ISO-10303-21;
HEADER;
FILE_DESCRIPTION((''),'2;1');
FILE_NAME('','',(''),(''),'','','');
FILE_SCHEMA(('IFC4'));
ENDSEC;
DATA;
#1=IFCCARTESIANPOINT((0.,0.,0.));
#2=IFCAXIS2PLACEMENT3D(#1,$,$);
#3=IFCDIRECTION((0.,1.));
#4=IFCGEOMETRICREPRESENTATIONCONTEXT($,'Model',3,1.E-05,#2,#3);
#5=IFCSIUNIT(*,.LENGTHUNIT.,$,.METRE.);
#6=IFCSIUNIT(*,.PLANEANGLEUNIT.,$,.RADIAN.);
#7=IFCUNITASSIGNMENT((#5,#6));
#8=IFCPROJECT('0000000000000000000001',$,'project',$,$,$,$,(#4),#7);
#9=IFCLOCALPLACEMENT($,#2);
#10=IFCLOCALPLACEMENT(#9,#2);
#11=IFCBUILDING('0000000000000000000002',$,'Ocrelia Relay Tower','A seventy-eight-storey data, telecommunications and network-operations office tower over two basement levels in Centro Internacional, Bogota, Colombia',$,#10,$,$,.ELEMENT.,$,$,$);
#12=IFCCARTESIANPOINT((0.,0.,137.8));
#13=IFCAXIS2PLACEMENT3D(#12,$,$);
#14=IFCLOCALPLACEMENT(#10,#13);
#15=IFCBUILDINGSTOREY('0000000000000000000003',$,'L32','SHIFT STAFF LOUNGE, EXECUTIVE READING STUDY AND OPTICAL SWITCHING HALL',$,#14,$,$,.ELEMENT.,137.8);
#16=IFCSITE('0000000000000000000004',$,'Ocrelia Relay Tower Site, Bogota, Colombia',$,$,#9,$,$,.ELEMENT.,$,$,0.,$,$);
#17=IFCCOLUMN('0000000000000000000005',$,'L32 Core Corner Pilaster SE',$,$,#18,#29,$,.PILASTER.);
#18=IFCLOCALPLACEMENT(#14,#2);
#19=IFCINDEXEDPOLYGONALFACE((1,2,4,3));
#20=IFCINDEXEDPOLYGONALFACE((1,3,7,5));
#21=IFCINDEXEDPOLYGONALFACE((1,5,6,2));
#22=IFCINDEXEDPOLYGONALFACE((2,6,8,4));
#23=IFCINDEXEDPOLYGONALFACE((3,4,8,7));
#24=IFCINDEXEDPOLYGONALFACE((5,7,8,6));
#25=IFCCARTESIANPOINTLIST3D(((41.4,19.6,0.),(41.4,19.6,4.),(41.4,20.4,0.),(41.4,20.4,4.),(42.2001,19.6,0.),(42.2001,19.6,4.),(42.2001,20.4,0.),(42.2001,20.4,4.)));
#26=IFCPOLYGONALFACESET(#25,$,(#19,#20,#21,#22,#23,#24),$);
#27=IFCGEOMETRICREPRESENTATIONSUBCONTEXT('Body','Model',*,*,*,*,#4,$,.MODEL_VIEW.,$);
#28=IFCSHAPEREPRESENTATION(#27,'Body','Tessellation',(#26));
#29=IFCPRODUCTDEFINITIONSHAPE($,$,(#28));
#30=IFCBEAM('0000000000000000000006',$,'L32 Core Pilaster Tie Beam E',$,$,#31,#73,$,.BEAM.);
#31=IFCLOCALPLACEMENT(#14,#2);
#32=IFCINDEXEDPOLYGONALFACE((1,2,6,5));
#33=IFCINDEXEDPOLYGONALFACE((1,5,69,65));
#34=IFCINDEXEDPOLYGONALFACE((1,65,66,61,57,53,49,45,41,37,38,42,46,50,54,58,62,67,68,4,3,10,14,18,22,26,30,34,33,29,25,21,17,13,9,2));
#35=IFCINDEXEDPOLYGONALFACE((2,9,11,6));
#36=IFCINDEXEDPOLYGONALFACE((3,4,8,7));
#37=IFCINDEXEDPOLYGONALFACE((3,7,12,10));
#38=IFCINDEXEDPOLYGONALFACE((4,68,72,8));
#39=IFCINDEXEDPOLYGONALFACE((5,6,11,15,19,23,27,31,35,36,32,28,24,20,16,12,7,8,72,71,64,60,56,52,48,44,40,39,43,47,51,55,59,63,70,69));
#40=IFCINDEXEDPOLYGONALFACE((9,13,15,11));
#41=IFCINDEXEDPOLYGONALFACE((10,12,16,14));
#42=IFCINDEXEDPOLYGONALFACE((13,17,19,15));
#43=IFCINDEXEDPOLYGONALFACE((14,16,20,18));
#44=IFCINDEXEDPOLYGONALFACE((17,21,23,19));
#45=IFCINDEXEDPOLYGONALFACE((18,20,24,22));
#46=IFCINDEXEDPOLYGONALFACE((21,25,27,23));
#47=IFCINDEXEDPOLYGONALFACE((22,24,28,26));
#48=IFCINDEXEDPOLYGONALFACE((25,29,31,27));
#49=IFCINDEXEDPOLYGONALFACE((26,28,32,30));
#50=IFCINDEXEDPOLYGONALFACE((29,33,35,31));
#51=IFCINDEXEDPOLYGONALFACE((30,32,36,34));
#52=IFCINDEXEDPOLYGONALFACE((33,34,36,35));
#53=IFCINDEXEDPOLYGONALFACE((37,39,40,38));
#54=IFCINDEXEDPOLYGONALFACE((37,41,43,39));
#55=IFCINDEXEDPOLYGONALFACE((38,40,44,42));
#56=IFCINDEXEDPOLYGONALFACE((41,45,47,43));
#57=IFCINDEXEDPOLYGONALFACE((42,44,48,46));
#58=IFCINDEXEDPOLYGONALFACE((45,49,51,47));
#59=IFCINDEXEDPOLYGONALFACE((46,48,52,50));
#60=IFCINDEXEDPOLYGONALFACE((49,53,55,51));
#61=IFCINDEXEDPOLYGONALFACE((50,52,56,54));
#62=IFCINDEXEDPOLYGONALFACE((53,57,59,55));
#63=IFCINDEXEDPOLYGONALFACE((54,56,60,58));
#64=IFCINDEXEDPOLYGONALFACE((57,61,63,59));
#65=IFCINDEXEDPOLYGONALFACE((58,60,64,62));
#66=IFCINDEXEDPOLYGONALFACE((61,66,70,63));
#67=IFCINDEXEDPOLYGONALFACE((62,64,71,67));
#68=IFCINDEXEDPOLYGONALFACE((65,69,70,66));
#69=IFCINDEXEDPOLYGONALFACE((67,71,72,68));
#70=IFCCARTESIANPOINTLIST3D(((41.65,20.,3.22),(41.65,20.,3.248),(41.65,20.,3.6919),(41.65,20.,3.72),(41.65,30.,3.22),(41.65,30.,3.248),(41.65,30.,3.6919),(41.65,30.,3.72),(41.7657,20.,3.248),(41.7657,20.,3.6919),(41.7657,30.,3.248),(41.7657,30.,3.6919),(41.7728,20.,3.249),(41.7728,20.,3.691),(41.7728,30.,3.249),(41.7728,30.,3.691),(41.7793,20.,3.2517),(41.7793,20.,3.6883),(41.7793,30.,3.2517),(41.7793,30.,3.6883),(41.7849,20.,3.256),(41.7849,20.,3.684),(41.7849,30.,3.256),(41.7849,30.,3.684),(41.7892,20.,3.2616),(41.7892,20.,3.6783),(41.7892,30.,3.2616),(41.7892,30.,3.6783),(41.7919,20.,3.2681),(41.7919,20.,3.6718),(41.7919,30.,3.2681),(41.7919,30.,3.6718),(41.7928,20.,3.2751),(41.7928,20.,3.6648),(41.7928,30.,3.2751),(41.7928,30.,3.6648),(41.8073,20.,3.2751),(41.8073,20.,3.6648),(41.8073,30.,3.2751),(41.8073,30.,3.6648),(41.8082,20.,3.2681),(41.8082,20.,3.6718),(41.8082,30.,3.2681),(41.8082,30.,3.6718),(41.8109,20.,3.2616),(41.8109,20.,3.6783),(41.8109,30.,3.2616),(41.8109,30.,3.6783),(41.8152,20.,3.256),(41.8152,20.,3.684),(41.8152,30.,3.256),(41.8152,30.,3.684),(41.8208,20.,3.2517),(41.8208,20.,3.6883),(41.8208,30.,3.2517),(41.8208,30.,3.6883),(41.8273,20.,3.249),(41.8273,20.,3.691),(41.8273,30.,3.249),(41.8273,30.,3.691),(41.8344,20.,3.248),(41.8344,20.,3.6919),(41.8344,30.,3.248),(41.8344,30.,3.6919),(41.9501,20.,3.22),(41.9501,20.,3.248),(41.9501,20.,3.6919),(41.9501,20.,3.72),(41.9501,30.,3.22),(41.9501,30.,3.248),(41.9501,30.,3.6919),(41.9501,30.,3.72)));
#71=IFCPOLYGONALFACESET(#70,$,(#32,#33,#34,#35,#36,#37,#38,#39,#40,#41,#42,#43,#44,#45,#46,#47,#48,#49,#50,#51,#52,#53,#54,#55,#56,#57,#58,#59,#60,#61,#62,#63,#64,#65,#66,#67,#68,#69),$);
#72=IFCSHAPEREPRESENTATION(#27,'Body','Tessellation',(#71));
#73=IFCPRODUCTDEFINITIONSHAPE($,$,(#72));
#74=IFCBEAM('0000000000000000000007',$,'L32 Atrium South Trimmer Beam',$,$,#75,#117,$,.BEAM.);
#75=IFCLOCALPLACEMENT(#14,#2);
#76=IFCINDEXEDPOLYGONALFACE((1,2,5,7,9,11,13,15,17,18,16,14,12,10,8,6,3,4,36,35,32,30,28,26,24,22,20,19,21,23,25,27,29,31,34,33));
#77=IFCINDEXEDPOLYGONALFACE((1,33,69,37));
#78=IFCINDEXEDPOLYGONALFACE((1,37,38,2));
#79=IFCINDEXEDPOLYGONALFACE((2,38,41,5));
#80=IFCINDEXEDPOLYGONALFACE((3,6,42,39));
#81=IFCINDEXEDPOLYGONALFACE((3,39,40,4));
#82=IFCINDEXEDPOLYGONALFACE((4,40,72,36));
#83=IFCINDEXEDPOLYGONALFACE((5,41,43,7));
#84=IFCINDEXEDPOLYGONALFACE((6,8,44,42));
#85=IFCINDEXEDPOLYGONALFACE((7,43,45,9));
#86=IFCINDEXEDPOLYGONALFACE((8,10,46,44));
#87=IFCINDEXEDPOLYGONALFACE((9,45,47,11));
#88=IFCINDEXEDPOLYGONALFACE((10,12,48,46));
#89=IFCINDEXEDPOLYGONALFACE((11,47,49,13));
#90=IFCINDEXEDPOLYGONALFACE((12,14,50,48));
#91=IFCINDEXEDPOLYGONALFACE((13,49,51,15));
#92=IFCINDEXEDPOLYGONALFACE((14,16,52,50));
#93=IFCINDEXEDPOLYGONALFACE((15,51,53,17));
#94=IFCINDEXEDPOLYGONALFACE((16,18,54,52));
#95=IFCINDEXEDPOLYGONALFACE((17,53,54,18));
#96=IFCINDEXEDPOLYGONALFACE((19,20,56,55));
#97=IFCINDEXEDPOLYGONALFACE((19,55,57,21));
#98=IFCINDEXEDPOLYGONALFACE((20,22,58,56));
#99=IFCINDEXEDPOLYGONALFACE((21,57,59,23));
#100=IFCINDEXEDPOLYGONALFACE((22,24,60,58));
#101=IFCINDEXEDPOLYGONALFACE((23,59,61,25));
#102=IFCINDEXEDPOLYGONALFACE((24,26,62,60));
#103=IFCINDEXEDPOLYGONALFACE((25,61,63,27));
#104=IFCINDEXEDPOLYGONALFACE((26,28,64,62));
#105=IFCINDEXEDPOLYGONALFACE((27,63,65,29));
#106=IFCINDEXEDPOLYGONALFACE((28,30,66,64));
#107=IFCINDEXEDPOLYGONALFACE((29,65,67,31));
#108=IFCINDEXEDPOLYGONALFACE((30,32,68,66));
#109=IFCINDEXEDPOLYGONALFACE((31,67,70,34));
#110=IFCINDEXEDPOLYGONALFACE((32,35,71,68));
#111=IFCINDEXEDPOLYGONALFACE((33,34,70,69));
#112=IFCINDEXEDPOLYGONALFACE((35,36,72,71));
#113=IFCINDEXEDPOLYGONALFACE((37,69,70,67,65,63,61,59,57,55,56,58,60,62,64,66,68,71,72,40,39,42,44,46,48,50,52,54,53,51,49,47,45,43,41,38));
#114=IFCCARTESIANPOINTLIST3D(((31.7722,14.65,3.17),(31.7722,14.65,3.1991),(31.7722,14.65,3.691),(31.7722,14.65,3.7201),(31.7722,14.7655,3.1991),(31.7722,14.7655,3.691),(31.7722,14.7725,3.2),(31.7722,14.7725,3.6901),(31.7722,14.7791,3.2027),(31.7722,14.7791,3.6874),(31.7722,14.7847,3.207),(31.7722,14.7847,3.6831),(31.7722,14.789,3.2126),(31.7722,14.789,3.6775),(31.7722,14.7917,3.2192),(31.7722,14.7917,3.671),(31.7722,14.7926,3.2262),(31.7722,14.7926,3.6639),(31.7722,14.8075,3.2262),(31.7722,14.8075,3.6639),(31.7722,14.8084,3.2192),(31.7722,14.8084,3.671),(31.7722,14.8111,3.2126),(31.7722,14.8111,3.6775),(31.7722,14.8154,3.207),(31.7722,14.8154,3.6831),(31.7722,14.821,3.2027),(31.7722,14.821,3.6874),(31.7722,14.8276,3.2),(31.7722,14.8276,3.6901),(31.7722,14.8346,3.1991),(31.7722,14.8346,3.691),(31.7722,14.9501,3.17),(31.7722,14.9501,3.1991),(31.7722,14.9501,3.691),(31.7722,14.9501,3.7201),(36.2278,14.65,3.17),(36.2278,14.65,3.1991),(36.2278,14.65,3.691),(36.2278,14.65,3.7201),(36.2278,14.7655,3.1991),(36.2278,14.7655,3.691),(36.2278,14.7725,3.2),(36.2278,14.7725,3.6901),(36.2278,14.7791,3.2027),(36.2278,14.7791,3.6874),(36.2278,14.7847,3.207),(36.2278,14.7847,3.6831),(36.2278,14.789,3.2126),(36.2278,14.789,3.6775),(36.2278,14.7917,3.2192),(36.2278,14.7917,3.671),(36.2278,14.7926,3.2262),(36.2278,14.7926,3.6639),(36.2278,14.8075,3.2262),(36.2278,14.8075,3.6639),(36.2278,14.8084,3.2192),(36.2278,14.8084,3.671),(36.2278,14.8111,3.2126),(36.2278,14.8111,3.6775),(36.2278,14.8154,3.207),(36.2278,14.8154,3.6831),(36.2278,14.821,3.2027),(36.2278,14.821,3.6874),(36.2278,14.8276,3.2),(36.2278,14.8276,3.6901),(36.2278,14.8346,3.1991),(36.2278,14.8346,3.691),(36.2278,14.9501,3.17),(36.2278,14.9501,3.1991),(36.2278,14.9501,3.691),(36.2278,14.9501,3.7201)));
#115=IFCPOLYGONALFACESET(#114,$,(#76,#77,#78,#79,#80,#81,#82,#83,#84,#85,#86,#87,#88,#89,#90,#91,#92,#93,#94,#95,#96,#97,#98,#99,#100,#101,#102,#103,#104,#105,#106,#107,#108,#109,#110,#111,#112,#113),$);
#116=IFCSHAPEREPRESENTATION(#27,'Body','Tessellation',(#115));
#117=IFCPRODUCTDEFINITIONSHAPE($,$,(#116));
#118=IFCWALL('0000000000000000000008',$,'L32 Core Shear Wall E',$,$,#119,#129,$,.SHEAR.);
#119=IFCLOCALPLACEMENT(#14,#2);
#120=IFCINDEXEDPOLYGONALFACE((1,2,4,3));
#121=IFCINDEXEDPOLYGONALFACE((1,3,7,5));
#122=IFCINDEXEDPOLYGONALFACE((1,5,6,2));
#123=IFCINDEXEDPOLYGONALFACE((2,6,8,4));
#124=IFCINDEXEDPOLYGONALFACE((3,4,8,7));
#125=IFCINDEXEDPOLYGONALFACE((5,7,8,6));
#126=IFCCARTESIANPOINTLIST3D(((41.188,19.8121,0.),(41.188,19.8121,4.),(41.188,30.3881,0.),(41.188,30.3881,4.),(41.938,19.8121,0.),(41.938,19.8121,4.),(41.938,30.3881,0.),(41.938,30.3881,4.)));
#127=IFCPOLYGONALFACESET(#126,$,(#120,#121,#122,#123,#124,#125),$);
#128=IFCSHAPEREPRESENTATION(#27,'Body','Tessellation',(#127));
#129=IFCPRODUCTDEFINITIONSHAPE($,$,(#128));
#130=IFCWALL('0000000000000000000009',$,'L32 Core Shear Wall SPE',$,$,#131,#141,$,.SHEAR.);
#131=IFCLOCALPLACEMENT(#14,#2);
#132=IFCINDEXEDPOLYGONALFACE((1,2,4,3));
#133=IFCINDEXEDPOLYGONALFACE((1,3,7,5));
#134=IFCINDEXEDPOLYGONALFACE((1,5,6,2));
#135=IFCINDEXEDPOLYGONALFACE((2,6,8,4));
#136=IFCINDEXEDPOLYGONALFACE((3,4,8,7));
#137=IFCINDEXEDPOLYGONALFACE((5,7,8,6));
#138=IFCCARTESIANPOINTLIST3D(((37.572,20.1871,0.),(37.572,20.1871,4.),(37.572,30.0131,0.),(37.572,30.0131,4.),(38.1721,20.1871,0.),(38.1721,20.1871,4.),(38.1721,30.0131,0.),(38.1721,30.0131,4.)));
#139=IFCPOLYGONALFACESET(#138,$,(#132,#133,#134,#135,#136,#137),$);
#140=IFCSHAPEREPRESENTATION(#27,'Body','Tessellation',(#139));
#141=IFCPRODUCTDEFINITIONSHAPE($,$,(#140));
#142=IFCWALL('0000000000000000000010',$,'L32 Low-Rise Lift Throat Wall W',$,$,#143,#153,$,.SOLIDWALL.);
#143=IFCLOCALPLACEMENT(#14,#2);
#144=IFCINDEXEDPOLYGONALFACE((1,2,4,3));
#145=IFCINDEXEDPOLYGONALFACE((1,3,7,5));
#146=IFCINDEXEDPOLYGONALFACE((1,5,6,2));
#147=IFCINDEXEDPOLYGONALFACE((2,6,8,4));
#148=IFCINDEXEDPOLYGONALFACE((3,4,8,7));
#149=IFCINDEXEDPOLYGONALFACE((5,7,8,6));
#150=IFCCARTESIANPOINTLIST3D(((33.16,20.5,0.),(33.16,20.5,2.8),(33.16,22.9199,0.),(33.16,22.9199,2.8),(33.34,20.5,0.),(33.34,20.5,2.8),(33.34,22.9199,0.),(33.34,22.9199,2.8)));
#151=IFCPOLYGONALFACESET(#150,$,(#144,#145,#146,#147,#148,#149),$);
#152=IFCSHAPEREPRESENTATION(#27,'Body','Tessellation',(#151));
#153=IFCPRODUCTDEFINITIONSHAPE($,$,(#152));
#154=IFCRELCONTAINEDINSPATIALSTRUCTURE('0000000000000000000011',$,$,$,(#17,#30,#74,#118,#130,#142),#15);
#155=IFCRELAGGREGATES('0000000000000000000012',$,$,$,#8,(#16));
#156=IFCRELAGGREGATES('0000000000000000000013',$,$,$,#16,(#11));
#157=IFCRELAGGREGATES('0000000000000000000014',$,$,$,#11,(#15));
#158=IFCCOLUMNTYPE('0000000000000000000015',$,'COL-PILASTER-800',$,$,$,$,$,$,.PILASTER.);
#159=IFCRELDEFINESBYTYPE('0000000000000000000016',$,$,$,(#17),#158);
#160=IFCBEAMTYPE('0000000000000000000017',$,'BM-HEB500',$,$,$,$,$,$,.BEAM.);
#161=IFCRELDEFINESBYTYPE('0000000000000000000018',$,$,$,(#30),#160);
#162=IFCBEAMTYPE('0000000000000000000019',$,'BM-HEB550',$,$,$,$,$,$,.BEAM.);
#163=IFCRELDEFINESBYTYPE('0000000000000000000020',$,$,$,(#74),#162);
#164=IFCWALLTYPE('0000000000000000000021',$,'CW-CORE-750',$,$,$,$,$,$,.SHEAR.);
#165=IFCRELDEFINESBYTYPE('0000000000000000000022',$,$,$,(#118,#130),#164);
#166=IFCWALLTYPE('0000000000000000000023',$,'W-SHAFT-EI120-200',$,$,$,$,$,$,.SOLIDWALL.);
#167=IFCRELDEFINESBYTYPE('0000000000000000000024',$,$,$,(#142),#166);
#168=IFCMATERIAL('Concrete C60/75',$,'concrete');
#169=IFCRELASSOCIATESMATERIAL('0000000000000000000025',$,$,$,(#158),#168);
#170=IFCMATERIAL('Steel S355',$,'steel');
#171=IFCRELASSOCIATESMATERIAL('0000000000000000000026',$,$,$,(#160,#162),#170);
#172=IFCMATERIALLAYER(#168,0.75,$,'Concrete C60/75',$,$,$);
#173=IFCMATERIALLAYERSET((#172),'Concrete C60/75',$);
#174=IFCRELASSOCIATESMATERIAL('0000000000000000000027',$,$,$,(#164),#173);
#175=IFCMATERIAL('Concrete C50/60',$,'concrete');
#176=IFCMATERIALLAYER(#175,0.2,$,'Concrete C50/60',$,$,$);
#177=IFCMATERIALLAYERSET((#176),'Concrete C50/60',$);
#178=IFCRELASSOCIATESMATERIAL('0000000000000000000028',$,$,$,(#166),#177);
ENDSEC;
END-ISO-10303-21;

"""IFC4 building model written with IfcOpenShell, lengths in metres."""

from ifc_helpers import new_model, si_unit, direction, frame, frame_2d, origin, origin_2d, place, context, subcontext, project, spatial, rectangle, i_section, extrude, material, layer, layer_set, material_profile, profile_set, type_object, element, save


model = new_model("IFC4")

# Units and contexts
model_context = context("Model", 3, precision=1e-05, world=origin(), true_north=direction((0.0, 1.0)))
body_context = subcontext(model_context, "Body", "Model", "MODEL_VIEW")
ifc_project = project(units=[si_unit("LENGTHUNIT", "METRE"), si_unit("PLANEANGLEUNIT", "RADIAN")], contexts=[model_context])

# Site, building, storey
site_placement = place(None, origin())
site = spatial("IfcSite", under=ifc_project, at=site_placement, Name="Ocrelia Relay Tower Site, Bogota, Colombia", CompositionType="ELEMENT", RefElevation=0.0)
building_placement = place(site_placement, origin())
building = spatial("IfcBuilding", under=site, at=building_placement, Name="Ocrelia Relay Tower", Description="A seventy-eight-storey data, telecommunications and network-operations office tower over two basement levels in Centro Internacional, Bogota, Colombia", CompositionType="ELEMENT")
storey_placement = place(building_placement, frame((0.0, 0.0, 137.8)))
storey = spatial("IfcBuildingStorey", under=building, at=storey_placement, Name="L32", Description="SHIFT STAFF LOUNGE, EXECUTIVE READING STUDY AND OPTICAL SWITCHING HALL", CompositionType="ELEMENT", Elevation=137.8)

# Column
ifc_material_1 = material(Name="Concrete C60/75", Category="concrete")
ifc_material_profile_1 = material_profile(ifc_material_1, rectangle(XDim=0.8, YDim=0.8, at=origin_2d()), Name="RC-COL-800x800")
ifc_profile_set_1 = profile_set([ifc_material_profile_1], Name="Concrete C60/75")
column_type = type_object("IfcColumnType", Name="COL-PILASTER-800", PredefinedType="PILASTER", material=ifc_profile_set_1)
column_placement = place(storey_placement, frame((41.8, 20.0, 0.0), z_axis=(0.0, 0.0, 1.0), x_axis=(1.0, 0.0, 0.0)))
element("IfcColumn", 1, at=column_placement, inside=storey, type_object=column_type, Name="L32 Core Corner Pilaster SE", PredefinedType="PILASTER", context=body_context, shape_type="SweptSolid", body=[
    extrude(rectangle(XDim=0.8, YDim=0.8, at=origin_2d()), origin(), (0.0, 0.0, 1.0), 4.0),
])

# Beams
ifc_material_2 = material(Name="Steel S355", Category="steel")
ifc_material_profile_2 = material_profile(ifc_material_2, i_section(OverallWidth=0.3, OverallDepth=0.5, WebThickness=0.0144, FlangeThickness=0.0281, FilletRadius=0.0271, at=origin_2d()), Name="HEB 500")
ifc_profile_set_2 = profile_set([ifc_material_profile_2], Name="Steel S355")
beam_type_1 = type_object("IfcBeamType", Name="BM-HEB500", PredefinedType="BEAM", material=ifc_profile_set_2)
beam_1_placement = place(storey_placement, frame((41.8, 20.0, 3.47), z_axis=(0.0, 1.0, 0.0), x_axis=(-1.0, 0.0, 0.0)))
element("IfcBeam", 2, at=beam_1_placement, inside=storey, type_object=beam_type_1, Name="L32 Core Pilaster Tie Beam E", PredefinedType="BEAM", context=body_context, shape_type="SweptSolid", body=[
    extrude(i_section(OverallWidth=0.3, OverallDepth=0.5, WebThickness=0.0144, FlangeThickness=0.0281, FilletRadius=0.0271, at=origin_2d()), origin(), (0.0, 0.0, 1.0), 10.0),
])
ifc_material_profile_3 = material_profile(ifc_material_2, i_section(OverallWidth=0.3, OverallDepth=0.55, WebThickness=0.0149, FlangeThickness=0.0291, FilletRadius=0.0271, at=origin_2d()), Name="HEB 550")
ifc_profile_set_3 = profile_set([ifc_material_profile_3], Name="Steel S355")
beam_type_2 = type_object("IfcBeamType", Name="BM-HEB550", PredefinedType="BEAM", material=ifc_profile_set_3)
beam_2_placement = place(storey_placement, frame((31.7722, 14.8, 3.4451), z_axis=(1.0, 0.0, 0.0), x_axis=(0.0, 1.0, 0.0)))
element("IfcBeam", 3, at=beam_2_placement, inside=storey, type_object=beam_type_2, Name="L32 Atrium South Trimmer Beam", PredefinedType="BEAM", context=body_context, shape_type="SweptSolid", body=[
    extrude(i_section(OverallWidth=0.3, OverallDepth=0.55, WebThickness=0.0149, FlangeThickness=0.0291, FilletRadius=0.0271, at=origin_2d()), origin(), (0.0, 0.0, 1.0), 4.4556),
])

# Walls
ifc_layer_1 = layer(ifc_material_1, 0.75, Name="Concrete C60/75")
ifc_layer_set_1 = layer_set([ifc_layer_1], Name="Concrete C60/75")
wall_type_1 = type_object("IfcWallType", Name="CW-CORE-750", PredefinedType="SHEAR", material=ifc_layer_set_1)
wall_1_placement = place(storey_placement, frame((41.563, 19.812, 0.0), z_axis=(0.0, 0.0, 1.0), x_axis=(0.0, 1.0, 0.0)))
element("IfcWall", 4, at=wall_1_placement, inside=storey, type_object=wall_type_1, Name="L32 Core Shear Wall E", PredefinedType="SHEAR", context=body_context, shape_type="SweptSolid", body=[
    extrude(rectangle(XDim=10.5759, YDim=0.75, at=frame_2d((5.2881, 0.0))), origin(), (0.0, 0.0, 1.0), 4.0),
])
wall_2_placement = place(storey_placement, frame((37.8721, 20.187, 0.0), z_axis=(0.0, 0.0, 1.0), x_axis=(0.0, 1.0, 0.0)))
element("IfcWall", 5, at=wall_2_placement, inside=storey, type_object=wall_type_1, Name="L32 Core Shear Wall SPE", PredefinedType="SHEAR", context=body_context, shape_type="SweptSolid", body=[
    extrude(rectangle(XDim=9.8259, YDim=0.6001, at=frame_2d((4.9131, 0.0))), origin(), (0.0, 0.0, 1.0), 4.0),
])
ifc_material_3 = material(Name="Concrete C50/60", Category="concrete")
ifc_layer_2 = layer(ifc_material_3, 0.2, Name="Concrete C50/60")
ifc_layer_set_2 = layer_set([ifc_layer_2], Name="Concrete C50/60")
wall_type_2 = type_object("IfcWallType", Name="W-SHAFT-EI120-200", PredefinedType="SOLIDWALL", material=ifc_layer_set_2)
wall_3_placement = place(storey_placement, frame((33.25, 20.5, 0.0), z_axis=(0.0, 0.0, 1.0), x_axis=(0.0, 1.0, 0.0)))
element("IfcWall", 6, at=wall_3_placement, inside=storey, type_object=wall_type_2, Name="L32 Low-Rise Lift Throat Wall W", PredefinedType="SOLIDWALL", context=body_context, shape_type="SweptSolid", body=[
    extrude(rectangle(XDim=2.4199, YDim=0.1799, at=frame_2d((1.21, 0.0))), origin(), (0.0, 0.0, 1.0), 2.8),
])

save(model, "model.ifc")
